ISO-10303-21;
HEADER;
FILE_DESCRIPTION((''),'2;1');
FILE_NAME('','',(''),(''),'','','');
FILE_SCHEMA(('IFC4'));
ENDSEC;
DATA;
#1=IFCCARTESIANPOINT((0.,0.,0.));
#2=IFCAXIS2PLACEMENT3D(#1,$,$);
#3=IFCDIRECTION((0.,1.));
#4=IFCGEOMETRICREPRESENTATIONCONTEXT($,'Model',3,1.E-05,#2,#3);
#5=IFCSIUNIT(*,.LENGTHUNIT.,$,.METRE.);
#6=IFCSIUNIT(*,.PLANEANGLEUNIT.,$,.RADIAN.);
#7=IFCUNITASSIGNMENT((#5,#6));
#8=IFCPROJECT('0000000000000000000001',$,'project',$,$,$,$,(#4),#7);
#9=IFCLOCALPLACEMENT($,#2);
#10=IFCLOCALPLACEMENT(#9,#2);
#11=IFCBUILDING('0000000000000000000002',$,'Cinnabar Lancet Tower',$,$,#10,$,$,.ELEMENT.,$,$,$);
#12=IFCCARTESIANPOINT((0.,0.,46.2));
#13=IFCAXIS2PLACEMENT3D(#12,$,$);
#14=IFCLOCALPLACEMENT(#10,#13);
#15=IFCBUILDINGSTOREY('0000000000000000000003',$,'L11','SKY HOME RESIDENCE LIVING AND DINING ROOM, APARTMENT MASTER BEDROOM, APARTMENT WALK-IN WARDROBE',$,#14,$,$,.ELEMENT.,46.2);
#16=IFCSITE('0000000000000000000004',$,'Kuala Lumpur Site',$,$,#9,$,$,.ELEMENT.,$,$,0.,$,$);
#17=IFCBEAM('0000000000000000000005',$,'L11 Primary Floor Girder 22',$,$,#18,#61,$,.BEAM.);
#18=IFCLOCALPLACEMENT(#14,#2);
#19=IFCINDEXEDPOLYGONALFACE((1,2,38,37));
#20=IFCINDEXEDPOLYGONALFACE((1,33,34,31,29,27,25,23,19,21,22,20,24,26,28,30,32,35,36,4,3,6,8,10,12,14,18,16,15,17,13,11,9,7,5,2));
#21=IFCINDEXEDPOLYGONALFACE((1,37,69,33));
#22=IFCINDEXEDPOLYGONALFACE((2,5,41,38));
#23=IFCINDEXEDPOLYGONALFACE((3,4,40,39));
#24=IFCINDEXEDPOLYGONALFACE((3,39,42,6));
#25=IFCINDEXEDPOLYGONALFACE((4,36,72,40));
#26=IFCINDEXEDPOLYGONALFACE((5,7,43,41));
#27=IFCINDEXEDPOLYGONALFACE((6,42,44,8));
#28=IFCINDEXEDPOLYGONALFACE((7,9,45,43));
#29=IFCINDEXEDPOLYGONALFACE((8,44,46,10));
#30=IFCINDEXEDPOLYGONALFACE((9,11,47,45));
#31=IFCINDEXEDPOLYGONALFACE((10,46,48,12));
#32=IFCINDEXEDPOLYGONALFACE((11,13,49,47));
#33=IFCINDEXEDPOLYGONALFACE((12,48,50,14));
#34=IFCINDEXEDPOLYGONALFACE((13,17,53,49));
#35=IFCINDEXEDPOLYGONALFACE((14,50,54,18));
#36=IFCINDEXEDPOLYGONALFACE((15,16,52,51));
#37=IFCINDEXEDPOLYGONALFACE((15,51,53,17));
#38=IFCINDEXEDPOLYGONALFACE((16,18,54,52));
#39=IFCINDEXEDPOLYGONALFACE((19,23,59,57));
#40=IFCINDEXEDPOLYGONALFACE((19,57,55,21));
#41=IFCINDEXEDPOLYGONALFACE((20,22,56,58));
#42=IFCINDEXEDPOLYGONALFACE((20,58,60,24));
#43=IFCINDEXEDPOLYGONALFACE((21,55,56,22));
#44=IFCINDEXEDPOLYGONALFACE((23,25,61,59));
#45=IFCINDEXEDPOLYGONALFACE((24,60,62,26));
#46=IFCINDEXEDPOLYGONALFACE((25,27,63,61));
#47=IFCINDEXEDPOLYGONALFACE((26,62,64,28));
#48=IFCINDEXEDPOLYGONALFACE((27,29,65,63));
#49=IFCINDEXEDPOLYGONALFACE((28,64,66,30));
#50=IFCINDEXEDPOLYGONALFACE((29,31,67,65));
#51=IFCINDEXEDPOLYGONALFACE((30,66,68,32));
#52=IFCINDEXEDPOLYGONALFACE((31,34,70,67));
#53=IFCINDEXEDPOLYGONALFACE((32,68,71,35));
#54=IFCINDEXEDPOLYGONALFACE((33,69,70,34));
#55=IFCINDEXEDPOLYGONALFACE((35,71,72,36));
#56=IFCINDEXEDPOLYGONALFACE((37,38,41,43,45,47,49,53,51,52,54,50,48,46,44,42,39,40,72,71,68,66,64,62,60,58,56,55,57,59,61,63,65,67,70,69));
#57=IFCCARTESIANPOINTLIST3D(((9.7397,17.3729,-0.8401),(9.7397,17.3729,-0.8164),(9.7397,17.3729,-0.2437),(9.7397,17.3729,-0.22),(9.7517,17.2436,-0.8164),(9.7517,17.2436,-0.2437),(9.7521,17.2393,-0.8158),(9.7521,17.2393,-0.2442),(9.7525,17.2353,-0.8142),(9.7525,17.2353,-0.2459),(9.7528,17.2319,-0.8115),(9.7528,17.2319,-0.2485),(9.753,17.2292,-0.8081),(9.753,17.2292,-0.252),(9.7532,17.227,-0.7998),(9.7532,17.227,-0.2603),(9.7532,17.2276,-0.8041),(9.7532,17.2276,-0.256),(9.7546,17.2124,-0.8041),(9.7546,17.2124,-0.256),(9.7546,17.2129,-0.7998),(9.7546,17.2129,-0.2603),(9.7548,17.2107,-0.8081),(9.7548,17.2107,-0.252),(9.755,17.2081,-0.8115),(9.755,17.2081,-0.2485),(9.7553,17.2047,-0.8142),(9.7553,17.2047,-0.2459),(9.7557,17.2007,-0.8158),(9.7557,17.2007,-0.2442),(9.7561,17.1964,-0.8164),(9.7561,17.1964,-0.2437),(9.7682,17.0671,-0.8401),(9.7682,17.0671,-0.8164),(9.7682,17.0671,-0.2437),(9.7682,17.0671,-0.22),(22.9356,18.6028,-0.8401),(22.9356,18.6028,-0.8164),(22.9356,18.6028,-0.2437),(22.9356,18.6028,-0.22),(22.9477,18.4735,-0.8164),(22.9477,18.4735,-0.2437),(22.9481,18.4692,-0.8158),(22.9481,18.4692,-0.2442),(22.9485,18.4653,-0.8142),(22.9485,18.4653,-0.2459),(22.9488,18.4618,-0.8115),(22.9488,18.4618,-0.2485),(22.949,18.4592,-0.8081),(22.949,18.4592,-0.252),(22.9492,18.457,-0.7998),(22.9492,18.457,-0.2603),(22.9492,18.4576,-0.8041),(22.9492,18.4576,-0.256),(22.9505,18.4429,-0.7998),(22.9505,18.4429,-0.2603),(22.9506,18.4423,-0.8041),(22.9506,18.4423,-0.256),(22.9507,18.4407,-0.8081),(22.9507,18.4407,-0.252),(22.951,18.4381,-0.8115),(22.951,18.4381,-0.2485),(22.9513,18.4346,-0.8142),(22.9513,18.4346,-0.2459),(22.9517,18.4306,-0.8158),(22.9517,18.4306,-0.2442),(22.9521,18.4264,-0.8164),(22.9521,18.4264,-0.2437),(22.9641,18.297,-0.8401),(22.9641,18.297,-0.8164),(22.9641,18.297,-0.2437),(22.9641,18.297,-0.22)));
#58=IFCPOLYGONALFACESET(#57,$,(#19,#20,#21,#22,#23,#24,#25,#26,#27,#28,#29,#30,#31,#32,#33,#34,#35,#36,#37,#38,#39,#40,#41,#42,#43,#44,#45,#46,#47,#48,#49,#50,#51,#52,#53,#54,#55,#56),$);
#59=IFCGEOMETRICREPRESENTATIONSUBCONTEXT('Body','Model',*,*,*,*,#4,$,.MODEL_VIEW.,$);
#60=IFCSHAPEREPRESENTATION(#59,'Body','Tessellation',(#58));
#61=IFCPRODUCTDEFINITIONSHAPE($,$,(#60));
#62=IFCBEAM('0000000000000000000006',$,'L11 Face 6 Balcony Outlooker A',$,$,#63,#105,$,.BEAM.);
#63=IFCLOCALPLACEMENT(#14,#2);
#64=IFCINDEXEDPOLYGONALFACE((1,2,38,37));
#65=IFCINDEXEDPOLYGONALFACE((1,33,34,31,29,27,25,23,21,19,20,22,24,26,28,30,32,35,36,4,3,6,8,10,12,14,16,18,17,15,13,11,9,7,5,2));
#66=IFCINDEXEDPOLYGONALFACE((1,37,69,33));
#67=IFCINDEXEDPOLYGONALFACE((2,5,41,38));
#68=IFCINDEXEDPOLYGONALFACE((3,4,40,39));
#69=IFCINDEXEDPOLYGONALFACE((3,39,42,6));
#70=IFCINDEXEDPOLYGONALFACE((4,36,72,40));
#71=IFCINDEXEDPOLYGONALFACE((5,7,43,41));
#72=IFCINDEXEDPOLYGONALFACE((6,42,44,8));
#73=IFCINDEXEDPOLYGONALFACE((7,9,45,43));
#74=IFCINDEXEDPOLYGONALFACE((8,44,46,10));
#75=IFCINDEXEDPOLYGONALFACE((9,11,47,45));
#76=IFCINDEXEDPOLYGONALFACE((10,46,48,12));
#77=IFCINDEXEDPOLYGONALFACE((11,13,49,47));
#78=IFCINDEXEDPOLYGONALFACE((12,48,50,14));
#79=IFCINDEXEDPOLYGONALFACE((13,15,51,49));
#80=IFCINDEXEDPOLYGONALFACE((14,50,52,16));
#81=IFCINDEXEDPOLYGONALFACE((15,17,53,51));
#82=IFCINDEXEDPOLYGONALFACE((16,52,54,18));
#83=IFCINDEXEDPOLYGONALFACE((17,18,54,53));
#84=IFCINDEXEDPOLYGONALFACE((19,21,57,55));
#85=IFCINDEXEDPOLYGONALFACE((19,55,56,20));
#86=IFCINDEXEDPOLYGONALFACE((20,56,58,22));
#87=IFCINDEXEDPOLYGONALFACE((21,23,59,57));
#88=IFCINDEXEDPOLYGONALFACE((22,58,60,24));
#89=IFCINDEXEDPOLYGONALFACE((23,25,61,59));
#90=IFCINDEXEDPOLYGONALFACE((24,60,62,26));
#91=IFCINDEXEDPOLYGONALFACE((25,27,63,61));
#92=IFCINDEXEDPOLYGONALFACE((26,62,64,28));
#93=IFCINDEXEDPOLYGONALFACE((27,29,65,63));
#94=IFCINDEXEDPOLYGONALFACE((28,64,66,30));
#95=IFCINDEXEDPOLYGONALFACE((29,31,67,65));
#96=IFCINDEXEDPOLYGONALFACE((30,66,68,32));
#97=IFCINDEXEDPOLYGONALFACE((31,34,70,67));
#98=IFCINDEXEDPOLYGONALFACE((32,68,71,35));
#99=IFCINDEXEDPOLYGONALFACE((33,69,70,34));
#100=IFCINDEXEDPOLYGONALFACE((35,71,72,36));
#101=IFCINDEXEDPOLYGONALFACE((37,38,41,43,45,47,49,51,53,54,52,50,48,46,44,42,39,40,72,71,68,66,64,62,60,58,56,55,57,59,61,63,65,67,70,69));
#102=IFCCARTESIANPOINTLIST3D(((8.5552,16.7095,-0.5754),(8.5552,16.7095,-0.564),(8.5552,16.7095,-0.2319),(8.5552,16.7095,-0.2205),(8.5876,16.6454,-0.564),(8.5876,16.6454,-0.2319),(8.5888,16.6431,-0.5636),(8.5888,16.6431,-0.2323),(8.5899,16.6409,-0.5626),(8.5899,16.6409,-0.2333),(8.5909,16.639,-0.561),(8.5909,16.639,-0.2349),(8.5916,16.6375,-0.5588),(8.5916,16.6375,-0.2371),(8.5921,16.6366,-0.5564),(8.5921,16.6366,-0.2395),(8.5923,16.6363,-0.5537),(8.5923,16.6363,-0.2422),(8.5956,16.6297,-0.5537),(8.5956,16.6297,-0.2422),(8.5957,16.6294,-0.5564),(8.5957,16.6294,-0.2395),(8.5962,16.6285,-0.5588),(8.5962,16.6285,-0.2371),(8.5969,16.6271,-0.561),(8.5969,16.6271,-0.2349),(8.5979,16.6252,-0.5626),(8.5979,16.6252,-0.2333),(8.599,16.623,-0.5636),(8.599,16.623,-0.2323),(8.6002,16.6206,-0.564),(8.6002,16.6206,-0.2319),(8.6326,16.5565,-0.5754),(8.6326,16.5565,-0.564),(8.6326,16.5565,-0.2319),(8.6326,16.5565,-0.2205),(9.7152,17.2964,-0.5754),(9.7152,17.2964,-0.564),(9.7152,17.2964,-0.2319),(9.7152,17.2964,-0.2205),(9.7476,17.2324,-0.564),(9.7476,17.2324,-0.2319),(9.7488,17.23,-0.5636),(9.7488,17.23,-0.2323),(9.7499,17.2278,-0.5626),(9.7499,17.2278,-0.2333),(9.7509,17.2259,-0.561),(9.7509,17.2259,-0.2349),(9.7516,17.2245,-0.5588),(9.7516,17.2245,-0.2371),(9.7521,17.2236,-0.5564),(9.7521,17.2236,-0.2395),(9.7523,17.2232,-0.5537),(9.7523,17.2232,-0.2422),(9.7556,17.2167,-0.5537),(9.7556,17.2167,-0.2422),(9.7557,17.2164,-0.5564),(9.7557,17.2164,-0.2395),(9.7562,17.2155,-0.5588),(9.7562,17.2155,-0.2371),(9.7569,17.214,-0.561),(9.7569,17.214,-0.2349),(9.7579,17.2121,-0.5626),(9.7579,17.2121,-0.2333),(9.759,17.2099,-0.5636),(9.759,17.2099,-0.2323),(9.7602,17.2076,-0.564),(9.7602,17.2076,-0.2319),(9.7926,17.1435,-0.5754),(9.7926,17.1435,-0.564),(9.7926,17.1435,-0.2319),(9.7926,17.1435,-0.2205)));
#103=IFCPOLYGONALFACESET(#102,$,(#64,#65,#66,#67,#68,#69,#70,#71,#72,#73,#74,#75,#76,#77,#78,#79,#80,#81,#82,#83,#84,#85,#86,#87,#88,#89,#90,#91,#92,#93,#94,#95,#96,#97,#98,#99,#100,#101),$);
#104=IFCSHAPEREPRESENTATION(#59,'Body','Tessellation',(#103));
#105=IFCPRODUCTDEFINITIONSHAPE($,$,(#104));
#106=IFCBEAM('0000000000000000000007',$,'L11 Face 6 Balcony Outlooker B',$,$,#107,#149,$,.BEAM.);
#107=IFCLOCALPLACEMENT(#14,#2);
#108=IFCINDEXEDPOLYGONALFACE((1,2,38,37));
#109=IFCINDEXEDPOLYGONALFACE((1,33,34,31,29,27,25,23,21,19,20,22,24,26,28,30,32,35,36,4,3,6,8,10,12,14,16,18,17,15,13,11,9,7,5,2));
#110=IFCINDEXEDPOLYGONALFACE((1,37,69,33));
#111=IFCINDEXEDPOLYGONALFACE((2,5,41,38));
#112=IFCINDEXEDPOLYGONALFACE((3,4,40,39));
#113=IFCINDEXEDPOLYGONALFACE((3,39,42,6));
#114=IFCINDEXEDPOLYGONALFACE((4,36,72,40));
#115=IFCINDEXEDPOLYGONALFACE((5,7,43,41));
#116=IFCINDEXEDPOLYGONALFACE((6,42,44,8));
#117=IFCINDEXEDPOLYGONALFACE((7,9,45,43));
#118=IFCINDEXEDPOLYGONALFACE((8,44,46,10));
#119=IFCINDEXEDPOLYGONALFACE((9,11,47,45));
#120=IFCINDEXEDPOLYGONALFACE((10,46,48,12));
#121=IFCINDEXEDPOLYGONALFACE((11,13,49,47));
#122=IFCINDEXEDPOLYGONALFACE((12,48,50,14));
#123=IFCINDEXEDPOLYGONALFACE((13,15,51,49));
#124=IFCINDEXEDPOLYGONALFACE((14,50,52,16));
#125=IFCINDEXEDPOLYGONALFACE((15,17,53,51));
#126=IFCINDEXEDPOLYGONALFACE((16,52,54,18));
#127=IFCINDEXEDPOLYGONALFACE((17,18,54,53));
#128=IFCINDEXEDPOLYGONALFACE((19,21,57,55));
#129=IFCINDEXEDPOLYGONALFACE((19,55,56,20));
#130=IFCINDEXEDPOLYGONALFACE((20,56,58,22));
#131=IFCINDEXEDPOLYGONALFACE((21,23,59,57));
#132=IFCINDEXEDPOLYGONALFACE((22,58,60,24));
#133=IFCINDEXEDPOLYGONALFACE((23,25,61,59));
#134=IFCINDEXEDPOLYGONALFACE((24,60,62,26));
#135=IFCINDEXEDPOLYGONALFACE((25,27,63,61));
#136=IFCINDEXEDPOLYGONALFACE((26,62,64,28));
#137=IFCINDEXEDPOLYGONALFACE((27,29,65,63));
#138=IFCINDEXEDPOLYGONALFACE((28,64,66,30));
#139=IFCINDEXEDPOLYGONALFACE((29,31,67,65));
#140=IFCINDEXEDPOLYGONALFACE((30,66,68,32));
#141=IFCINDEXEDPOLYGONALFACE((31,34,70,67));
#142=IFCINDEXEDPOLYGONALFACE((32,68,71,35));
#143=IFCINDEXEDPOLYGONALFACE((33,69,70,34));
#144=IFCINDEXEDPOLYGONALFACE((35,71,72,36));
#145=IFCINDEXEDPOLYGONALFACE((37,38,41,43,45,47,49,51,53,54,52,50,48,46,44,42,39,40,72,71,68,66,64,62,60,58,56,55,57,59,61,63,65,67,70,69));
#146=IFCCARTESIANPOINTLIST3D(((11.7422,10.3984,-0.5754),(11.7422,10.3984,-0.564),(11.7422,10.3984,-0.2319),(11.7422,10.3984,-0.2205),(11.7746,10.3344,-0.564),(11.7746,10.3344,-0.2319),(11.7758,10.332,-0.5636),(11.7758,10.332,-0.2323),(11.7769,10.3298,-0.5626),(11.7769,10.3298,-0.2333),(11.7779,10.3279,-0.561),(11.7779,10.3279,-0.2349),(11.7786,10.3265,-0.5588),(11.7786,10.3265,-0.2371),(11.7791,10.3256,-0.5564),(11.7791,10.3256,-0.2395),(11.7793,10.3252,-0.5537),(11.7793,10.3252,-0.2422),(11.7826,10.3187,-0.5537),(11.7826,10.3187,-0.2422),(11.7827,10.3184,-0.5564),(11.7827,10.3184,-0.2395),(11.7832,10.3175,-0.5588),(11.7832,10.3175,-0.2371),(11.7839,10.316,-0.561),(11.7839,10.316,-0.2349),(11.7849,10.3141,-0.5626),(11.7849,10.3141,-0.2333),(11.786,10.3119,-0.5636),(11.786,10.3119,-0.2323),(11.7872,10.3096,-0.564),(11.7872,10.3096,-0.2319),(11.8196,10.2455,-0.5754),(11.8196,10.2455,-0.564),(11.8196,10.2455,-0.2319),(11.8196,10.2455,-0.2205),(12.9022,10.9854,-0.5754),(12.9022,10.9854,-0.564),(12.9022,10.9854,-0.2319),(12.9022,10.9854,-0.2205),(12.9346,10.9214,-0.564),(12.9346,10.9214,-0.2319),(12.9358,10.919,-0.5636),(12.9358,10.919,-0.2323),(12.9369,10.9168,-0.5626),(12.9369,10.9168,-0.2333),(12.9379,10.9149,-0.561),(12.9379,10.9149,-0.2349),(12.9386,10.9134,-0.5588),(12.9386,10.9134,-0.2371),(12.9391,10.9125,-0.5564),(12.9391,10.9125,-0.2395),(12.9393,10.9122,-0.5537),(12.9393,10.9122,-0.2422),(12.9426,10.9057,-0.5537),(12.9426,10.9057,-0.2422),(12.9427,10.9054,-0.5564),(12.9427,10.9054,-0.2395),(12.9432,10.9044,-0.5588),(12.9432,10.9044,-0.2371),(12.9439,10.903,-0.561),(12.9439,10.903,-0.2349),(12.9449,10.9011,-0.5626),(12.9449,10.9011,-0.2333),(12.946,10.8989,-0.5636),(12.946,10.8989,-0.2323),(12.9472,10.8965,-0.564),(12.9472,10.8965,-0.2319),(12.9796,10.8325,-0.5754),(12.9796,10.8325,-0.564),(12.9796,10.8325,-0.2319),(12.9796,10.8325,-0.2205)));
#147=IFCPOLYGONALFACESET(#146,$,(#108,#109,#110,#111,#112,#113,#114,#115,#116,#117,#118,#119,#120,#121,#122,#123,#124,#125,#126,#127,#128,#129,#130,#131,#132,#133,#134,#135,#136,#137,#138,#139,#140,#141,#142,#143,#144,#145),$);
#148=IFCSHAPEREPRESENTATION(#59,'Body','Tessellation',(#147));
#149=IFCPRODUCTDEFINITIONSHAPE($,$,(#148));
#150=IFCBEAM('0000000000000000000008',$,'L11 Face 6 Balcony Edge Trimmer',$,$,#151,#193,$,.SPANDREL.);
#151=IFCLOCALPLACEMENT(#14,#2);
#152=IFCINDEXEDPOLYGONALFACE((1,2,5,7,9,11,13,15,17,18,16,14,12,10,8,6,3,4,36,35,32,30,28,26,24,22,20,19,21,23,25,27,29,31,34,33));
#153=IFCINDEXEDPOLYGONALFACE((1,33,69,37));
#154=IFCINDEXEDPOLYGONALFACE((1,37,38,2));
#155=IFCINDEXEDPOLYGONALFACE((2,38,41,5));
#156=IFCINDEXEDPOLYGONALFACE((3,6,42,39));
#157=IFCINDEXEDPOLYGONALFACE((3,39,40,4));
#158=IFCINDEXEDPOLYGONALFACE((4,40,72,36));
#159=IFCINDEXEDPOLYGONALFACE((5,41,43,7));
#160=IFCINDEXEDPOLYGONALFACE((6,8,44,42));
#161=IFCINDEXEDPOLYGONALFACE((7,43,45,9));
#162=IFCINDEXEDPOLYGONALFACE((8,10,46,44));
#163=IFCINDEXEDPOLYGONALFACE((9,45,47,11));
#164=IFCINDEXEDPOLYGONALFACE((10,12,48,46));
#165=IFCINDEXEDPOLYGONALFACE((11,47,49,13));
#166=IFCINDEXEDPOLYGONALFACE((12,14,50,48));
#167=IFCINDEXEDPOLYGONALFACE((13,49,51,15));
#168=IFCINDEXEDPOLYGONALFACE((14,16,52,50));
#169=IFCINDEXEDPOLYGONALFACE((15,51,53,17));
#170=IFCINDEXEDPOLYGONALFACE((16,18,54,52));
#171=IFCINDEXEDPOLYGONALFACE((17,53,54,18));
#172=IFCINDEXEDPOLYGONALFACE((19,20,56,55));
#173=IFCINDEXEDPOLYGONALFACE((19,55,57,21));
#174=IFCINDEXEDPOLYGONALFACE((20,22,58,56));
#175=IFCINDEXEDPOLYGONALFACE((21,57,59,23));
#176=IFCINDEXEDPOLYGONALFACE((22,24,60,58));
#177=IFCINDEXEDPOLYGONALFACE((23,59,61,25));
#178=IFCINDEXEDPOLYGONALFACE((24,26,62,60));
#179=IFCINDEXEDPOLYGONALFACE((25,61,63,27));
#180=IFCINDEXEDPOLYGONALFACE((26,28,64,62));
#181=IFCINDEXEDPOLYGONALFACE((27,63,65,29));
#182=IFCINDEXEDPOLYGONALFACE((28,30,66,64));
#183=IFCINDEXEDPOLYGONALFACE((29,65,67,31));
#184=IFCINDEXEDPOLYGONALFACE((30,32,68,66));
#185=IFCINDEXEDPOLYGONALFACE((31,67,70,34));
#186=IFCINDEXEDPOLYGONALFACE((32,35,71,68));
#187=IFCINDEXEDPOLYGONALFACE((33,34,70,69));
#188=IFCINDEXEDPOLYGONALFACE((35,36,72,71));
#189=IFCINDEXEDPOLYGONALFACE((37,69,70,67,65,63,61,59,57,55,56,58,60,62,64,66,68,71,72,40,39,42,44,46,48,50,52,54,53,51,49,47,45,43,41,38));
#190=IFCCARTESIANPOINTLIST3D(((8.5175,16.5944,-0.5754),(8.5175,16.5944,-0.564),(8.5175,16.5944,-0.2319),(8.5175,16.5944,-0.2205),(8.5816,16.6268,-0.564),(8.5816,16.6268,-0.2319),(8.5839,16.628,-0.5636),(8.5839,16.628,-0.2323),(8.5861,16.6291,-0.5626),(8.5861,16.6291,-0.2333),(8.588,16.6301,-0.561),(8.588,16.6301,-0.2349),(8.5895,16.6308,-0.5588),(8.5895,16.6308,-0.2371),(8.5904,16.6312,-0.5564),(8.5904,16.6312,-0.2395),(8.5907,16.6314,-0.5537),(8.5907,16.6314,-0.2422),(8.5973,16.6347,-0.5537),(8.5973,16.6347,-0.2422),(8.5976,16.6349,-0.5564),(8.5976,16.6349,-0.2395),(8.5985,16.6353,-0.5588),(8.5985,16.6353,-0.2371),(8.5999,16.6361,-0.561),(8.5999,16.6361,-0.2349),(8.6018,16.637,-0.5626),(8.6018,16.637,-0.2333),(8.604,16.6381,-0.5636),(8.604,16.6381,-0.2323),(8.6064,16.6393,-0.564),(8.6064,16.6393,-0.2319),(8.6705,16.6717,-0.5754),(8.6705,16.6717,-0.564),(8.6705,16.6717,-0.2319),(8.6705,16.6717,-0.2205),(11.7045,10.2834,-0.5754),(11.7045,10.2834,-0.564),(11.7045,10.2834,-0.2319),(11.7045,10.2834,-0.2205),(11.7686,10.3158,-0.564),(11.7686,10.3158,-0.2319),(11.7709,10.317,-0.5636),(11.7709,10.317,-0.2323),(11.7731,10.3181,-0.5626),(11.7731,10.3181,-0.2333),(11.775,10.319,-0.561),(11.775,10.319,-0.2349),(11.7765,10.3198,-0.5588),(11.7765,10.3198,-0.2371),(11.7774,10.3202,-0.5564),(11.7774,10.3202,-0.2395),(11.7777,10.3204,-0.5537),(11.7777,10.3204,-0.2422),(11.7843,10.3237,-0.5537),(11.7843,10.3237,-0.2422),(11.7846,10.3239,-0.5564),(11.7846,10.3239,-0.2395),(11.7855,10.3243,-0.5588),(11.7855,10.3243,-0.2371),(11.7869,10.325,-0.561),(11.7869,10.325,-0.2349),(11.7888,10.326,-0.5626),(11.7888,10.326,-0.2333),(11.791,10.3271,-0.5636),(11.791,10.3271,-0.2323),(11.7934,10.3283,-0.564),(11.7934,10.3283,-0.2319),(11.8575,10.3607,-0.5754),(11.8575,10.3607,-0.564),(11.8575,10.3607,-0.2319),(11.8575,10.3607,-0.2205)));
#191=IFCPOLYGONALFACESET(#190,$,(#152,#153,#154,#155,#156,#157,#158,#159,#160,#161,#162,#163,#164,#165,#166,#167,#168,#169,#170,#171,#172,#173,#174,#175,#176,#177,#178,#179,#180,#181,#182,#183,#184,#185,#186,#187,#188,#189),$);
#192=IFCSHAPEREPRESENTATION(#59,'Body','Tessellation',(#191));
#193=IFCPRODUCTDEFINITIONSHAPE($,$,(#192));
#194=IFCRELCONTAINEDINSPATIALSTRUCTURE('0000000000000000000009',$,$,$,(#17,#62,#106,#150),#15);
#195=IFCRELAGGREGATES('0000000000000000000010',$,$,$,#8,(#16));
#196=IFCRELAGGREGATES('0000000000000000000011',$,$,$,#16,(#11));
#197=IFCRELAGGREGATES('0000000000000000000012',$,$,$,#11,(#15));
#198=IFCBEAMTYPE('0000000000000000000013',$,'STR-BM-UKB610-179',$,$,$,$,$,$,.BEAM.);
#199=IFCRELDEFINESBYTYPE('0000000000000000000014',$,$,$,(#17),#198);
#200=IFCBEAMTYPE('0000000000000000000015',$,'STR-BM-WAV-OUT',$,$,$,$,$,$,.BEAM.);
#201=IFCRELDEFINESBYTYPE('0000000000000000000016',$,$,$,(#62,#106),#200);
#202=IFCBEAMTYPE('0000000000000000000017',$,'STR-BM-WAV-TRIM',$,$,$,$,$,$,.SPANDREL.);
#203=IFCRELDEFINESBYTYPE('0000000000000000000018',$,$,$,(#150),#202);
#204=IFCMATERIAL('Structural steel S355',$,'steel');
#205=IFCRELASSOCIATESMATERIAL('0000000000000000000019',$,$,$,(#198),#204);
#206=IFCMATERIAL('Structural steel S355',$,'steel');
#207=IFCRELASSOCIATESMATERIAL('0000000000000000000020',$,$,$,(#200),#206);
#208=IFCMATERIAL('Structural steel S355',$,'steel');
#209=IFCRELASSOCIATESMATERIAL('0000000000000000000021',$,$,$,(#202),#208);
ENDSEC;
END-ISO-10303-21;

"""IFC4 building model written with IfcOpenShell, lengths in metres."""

from ifc_helpers import new_model, si_unit, direction, frame, origin, origin_2d, place, context, subcontext, project, spatial, i_section, extrude, material, material_profile, profile_set, type_object, element, save


model = new_model("IFC4")

# Units and contexts
model_context = context("Model", 3, precision=1e-05, world=origin(), true_north=direction((0.0, 1.0)))
body_context = subcontext(model_context, "Body", "Model", "MODEL_VIEW")
ifc_project = project(units=[si_unit("LENGTHUNIT", "METRE"), si_unit("PLANEANGLEUNIT", "RADIAN")], contexts=[model_context])

# Site, building, storey
site_placement = place(None, origin())
site = spatial("IfcSite", under=ifc_project, at=site_placement, Name="Kuala Lumpur Site", CompositionType="ELEMENT", RefElevation=0.0)
building_placement = place(site_placement, origin())
building = spatial("IfcBuilding", under=site, at=building_placement, Name="Cinnabar Lancet Tower", CompositionType="ELEMENT")
storey_placement = place(building_placement, frame((0.0, 0.0, 46.2)))
storey = spatial("IfcBuildingStorey", under=building, at=storey_placement, Name="L11", Description="SKY HOME RESIDENCE LIVING AND DINING ROOM, APARTMENT MASTER BEDROOM, APARTMENT WALK-IN WARDROBE", CompositionType="ELEMENT", Elevation=46.2)

# Beams
ifc_material_1 = material(Name="Structural steel S355", Category="steel")
ifc_material_profile_1 = material_profile(ifc_material_1, i_section(OverallWidth=0.3071, OverallDepth=0.6201, WebThickness=0.0142, FlangeThickness=0.0237, FilletRadius=0.0166, at=origin_2d()), Name="UKB 610x305x179")
ifc_profile_set_1 = profile_set([ifc_material_profile_1], Name="Structural steel S355")
beam_type_1 = type_object("IfcBeamType", Name="STR-BM-UKB610-179", PredefinedType="BEAM", material=ifc_profile_set_1)
beam_1_placement = place(storey_placement, frame((9.7539, 17.22, -0.53), z_axis=(0.995684, 0.092806, 0.0), x_axis=(-0.092806, 0.995684, 0.0)))
element("IfcBeam", 1, at=beam_1_placement, inside=storey, type_object=beam_type_1, Name="L11 Primary Floor Girder 22", PredefinedType="BEAM", context=body_context, shape_type="SweptSolid", body=[
    extrude(i_section(OverallWidth=0.3071, OverallDepth=0.6201, WebThickness=0.0142, FlangeThickness=0.0237, FilletRadius=0.0166, at=origin_2d()), origin(), (0.0, 0.0, 1.0), 13.2532),
])
ifc_material_2 = material(Name="Structural steel S355", Category="steel")
ifc_material_profile_2 = material_profile(ifc_material_2, i_section(OverallWidth=0.1714, OverallDepth=0.355, WebThickness=0.0073, FlangeThickness=0.0115, FilletRadius=0.0103, at=origin_2d()), Name="UKB 356x171x51")
ifc_profile_set_2 = profile_set([ifc_material_profile_2], Name="Structural steel S355")
beam_type_2 = type_object("IfcBeamType", Name="STR-BM-WAV-OUT", PredefinedType="BEAM", material=ifc_profile_set_2)
for number, where, z_axis, x_axis, name in (
    (2, (9.7539, 17.22, -0.3979), (-0.892276, -0.45149, 0.0), (0.45149, -0.892276, 0.0), "L11 Face 6 Balcony Outlooker A"),
    (3, (12.9409, 10.9089, -0.3979), (-0.892276, -0.45149, 0.0), (0.45149, -0.892276, 0.0), "L11 Face 6 Balcony Outlooker B"),
):
    element("IfcBeam", number, at=place(storey_placement, frame(where, z_axis=z_axis, x_axis=x_axis)), inside=storey, type_object=beam_type_2, Name=name, PredefinedType="BEAM", context=body_context, shape_type="SweptSolid", body=[
        extrude(i_section(OverallWidth=0.1714, OverallDepth=0.355, WebThickness=0.0073, FlangeThickness=0.0115, FilletRadius=0.0103, at=origin_2d()), origin(), (0.0, 0.0, 1.0), 1.3),
    ])
ifc_material_3 = material(Name="Structural steel S355", Category="steel")
ifc_material_profile_3 = material_profile(ifc_material_3, i_section(OverallWidth=0.1714, OverallDepth=0.355, WebThickness=0.0073, FlangeThickness=0.0115, FilletRadius=0.0103, at=origin_2d()), Name="UKB 356x171x51")
ifc_profile_set_3 = profile_set([ifc_material_profile_3], Name="Structural steel S355")
beam_type_3 = type_object("IfcBeamType", Name="STR-BM-WAV-TRIM", PredefinedType="SPANDREL", material=ifc_profile_set_3)
beam_2_placement = place(storey_placement, frame((8.594, 16.6331, -0.3979), z_axis=(0.450774, -0.892638, 0.0), x_axis=(0.892638, 0.450774, 0.0)))
element("IfcBeam", 4, at=beam_2_placement, inside=storey, type_object=beam_type_3, Name="L11 Face 6 Balcony Edge Trimmer", PredefinedType="SPANDREL", context=body_context, shape_type="SweptSolid", body=[
    extrude(i_section(OverallWidth=0.1714, OverallDepth=0.355, WebThickness=0.0073, FlangeThickness=0.0115, FilletRadius=0.0103, at=origin_2d()), origin(), (0.0, 0.0, 1.0), 7.0701),
])

save(model, "model.ifc")
